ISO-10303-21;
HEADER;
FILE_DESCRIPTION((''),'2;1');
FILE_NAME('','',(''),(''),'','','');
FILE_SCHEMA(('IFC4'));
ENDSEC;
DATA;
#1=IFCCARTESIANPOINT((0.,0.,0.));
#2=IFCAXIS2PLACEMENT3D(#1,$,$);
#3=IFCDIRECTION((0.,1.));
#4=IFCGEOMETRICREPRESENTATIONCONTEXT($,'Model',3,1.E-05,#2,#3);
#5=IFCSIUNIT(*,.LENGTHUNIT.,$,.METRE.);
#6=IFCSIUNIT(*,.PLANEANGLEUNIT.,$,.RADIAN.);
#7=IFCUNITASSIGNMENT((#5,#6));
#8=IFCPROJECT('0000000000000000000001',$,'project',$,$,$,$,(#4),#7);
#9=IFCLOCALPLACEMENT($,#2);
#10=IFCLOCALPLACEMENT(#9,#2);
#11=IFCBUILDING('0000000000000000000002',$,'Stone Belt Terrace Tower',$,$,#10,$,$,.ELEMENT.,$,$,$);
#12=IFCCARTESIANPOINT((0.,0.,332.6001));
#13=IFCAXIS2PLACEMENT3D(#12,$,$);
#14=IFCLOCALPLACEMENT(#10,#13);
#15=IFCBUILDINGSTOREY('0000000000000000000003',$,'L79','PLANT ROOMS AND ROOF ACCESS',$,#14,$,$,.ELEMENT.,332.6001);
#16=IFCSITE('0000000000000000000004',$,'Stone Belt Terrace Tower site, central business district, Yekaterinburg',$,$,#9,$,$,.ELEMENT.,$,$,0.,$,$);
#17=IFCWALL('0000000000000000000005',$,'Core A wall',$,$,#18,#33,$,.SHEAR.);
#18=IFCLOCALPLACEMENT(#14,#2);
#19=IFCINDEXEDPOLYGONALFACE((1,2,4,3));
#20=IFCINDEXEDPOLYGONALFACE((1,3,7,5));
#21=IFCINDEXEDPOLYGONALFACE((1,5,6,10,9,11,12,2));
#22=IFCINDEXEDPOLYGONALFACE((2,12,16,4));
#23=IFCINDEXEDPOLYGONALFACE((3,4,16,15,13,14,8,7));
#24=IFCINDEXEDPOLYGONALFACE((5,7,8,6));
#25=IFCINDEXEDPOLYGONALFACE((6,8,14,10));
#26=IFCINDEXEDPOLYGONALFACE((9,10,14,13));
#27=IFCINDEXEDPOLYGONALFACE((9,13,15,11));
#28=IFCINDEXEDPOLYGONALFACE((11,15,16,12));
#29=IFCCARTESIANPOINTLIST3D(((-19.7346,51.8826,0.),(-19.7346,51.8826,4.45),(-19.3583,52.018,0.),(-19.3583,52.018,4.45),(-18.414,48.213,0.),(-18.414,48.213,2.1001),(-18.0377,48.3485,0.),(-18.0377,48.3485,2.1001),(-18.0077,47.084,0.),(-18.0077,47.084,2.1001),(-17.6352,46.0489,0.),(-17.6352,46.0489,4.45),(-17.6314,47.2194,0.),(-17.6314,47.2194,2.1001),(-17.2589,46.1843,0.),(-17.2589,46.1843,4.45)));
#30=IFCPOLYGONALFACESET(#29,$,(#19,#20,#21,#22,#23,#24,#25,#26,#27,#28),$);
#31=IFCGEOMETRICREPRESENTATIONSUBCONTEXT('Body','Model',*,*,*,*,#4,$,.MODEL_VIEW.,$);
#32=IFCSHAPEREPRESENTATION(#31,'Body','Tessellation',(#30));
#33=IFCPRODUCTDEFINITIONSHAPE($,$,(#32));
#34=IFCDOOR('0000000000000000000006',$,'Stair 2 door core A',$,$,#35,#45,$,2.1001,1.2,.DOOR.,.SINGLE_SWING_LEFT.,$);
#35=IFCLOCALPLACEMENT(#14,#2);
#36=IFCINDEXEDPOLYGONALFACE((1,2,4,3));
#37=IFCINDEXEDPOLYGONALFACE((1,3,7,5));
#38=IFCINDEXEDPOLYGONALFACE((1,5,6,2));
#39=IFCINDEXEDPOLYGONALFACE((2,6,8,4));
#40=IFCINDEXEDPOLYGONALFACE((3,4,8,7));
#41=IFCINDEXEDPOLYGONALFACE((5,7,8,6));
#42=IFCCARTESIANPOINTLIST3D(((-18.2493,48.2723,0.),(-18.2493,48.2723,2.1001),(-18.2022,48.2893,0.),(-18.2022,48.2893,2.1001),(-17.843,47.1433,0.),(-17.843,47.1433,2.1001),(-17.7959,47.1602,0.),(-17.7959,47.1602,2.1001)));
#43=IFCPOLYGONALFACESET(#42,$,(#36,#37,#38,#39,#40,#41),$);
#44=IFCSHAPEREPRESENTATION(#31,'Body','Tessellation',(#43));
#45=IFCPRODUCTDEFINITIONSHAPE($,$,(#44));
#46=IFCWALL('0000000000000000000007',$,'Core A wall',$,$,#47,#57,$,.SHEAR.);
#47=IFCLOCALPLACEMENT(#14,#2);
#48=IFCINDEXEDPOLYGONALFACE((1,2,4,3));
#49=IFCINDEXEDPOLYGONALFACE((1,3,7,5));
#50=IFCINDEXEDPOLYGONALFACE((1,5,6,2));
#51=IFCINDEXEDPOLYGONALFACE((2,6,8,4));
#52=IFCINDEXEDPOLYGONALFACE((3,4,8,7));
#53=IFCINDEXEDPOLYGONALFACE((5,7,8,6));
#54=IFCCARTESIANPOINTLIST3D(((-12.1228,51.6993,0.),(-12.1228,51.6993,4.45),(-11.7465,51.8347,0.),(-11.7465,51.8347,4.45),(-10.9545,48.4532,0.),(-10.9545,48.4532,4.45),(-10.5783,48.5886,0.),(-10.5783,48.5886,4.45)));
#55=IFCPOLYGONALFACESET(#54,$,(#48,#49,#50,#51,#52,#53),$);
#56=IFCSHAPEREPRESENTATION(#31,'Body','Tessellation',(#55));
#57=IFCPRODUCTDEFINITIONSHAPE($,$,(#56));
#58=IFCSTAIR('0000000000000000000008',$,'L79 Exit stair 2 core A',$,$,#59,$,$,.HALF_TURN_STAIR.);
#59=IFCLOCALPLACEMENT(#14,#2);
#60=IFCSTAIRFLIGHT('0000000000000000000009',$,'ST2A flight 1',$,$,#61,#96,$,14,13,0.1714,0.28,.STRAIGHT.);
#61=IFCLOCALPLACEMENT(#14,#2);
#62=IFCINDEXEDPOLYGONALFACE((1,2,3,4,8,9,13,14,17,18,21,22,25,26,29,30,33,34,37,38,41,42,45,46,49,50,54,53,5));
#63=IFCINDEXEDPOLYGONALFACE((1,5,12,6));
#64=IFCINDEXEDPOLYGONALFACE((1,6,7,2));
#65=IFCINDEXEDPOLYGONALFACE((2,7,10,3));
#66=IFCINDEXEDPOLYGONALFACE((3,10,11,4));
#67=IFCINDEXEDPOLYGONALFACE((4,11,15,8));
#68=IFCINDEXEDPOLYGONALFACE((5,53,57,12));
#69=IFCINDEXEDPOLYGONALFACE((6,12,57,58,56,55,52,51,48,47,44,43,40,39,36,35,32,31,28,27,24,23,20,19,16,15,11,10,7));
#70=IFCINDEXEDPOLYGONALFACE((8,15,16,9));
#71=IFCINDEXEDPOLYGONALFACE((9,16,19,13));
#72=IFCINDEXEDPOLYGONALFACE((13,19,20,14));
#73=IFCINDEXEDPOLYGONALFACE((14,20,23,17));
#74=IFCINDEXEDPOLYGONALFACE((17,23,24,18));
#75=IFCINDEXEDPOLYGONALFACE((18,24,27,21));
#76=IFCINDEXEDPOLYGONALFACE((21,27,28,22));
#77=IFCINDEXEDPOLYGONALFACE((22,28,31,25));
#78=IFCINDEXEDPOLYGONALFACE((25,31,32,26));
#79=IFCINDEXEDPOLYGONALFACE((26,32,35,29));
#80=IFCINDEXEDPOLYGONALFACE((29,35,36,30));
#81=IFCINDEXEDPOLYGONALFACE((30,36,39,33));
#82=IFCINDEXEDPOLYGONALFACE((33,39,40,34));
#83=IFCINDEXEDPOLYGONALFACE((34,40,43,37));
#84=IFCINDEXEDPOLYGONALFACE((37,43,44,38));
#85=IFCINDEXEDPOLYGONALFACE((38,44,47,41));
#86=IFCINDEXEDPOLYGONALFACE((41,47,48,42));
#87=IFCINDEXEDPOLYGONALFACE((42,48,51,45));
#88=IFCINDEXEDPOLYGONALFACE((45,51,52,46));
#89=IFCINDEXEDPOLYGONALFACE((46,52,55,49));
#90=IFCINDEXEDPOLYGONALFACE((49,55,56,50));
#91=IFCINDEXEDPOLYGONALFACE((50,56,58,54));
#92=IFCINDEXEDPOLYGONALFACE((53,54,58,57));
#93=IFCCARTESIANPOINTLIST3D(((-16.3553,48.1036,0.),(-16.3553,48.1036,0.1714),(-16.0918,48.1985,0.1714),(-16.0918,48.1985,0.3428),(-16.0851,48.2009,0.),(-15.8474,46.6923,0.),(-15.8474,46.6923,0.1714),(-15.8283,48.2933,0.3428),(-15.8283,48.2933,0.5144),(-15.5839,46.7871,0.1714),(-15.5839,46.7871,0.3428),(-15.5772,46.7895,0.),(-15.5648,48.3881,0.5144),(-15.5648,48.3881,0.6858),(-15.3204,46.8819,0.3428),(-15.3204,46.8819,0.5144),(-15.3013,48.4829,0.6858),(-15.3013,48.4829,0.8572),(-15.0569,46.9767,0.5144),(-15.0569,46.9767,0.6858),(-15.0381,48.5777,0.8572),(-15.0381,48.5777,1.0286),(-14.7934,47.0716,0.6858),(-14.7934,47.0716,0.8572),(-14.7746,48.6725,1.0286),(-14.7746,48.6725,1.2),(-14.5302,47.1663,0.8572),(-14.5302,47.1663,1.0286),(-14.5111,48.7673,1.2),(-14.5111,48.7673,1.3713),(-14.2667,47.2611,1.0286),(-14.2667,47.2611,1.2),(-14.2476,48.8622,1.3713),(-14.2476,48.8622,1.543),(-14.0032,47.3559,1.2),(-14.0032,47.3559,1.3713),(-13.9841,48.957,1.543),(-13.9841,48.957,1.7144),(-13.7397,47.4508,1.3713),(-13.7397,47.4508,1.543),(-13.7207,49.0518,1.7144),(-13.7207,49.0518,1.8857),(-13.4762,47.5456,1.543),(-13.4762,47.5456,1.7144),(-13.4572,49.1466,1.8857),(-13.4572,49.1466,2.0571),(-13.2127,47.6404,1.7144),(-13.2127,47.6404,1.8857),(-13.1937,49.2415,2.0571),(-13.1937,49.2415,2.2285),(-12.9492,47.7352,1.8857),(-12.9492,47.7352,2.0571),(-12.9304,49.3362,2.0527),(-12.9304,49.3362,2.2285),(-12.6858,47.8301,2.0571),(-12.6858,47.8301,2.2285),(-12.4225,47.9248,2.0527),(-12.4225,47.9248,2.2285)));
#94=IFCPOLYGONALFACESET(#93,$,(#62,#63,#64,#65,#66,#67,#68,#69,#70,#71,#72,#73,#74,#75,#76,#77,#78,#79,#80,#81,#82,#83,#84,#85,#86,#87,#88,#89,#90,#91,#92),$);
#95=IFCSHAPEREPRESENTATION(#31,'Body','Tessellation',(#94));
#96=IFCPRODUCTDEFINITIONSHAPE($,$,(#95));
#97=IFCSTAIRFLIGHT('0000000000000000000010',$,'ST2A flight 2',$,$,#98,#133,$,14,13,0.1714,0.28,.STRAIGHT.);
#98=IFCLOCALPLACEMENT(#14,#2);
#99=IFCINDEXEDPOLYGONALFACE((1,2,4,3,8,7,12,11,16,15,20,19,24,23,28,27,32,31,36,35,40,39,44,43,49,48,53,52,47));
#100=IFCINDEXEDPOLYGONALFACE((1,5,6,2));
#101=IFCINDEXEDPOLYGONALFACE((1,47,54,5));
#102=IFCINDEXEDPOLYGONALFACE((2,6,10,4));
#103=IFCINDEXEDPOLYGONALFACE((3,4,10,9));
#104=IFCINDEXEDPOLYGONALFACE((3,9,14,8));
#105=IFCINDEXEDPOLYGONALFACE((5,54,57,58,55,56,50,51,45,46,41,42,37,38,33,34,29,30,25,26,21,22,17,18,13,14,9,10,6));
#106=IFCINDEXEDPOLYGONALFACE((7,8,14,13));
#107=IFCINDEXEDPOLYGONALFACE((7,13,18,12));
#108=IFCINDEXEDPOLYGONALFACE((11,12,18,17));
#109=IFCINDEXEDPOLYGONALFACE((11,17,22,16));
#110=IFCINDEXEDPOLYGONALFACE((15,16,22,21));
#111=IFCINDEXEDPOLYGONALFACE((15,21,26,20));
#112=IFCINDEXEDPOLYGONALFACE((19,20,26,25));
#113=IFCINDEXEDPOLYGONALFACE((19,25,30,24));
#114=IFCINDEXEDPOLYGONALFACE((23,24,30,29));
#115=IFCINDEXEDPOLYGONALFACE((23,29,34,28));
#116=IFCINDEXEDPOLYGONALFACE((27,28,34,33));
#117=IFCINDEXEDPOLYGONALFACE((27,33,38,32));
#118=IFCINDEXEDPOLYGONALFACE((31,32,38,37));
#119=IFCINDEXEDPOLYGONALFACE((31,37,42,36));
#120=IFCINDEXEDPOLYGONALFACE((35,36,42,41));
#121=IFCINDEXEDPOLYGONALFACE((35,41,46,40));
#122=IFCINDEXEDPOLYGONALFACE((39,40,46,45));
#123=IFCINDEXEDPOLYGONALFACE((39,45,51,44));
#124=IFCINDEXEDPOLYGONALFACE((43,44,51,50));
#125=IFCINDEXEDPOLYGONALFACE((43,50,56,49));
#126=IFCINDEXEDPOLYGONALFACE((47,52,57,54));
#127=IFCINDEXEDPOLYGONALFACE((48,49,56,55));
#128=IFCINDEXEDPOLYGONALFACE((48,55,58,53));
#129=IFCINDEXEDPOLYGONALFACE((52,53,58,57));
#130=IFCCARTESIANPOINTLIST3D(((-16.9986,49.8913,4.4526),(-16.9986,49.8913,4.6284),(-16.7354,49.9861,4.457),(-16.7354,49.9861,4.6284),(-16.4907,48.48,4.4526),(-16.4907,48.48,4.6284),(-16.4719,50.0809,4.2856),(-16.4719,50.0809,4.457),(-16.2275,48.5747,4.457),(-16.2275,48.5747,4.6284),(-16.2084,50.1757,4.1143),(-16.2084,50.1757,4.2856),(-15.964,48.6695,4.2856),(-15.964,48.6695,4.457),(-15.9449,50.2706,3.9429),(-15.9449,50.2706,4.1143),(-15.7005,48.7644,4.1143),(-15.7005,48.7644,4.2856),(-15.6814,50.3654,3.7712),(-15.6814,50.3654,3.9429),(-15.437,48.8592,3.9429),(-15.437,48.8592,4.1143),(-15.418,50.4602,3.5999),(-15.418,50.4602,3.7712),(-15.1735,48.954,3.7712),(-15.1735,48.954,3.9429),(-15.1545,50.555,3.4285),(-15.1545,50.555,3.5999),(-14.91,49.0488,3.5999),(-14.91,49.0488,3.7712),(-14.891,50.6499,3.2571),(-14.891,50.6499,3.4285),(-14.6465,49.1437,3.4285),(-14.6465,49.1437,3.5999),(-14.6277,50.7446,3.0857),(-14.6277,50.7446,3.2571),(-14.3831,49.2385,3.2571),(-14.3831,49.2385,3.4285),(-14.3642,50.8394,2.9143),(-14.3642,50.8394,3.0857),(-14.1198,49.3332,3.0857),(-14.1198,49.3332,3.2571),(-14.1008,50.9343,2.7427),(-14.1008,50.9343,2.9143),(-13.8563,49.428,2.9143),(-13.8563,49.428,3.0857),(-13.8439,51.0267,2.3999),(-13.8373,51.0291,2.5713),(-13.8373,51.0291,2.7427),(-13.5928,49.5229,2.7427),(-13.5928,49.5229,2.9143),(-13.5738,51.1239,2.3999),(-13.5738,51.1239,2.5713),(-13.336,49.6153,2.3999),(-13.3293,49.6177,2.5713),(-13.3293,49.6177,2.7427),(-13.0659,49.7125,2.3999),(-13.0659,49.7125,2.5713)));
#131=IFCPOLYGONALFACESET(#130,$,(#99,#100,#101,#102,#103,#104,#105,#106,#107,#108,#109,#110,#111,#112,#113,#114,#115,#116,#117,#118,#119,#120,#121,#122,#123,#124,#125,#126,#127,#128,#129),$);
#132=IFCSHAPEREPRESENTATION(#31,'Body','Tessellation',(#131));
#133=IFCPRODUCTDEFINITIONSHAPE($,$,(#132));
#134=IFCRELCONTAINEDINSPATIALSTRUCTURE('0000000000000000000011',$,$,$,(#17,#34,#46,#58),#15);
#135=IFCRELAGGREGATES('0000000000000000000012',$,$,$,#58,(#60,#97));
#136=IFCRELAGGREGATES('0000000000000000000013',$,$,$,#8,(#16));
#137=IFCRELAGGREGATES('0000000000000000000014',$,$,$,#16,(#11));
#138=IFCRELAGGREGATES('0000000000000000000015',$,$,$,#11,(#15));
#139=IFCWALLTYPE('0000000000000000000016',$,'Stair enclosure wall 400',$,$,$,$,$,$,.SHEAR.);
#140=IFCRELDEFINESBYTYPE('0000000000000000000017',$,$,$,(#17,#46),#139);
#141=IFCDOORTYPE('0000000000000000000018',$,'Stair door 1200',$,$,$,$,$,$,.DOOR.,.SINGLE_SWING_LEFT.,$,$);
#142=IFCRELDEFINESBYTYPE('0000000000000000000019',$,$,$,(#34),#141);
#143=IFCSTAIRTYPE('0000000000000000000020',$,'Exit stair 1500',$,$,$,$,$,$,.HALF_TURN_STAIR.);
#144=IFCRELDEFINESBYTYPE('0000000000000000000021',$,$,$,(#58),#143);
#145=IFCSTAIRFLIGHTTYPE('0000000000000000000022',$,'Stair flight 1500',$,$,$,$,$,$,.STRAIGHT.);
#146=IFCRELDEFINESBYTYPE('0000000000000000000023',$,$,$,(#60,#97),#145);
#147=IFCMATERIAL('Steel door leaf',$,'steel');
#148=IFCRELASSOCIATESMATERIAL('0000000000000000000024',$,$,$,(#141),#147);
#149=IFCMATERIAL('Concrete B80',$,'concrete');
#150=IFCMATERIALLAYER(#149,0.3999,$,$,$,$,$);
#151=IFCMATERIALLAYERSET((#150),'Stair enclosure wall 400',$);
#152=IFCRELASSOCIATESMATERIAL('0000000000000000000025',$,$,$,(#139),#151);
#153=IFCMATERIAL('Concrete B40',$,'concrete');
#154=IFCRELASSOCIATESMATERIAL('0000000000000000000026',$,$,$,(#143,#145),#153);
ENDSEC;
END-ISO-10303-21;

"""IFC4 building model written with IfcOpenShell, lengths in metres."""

from ifc_helpers import new_model, si_unit, direction, frame, frame_2d, origin, place, context, subcontext, project, spatial, polyline, rectangle, outline, extrude, material, layer, layer_set, type_object, element, fill, aggregate, save


model = new_model("IFC4")

# Units and contexts
model_context = context("Model", 3, precision=1e-05, world=origin(), true_north=direction((0.0, 1.0)))
body_context = subcontext(model_context, "Body", "Model", "MODEL_VIEW")
ifc_project = project(units=[si_unit("LENGTHUNIT", "METRE"), si_unit("PLANEANGLEUNIT", "RADIAN")], contexts=[model_context])

# Site, building, storey
site_placement = place(None, origin())
site = spatial("IfcSite", under=ifc_project, at=site_placement, Name="Stone Belt Terrace Tower site, central business district, Yekaterinburg", CompositionType="ELEMENT", RefElevation=0.0)
building_placement = place(site_placement, origin())
building = spatial("IfcBuilding", under=site, at=building_placement, Name="Stone Belt Terrace Tower", CompositionType="ELEMENT")
storey_placement = place(building_placement, frame((0.0, 0.0, 332.6001)))
storey = spatial("IfcBuildingStorey", under=building, at=storey_placement, Name="L79", Description="PLANT ROOMS AND ROOF ACCESS", CompositionType="ELEMENT", Elevation=332.6001)

# Shared definitions
ifc_material_1 = material(Name="Concrete B80", Category="concrete")

# Shared definitions
ifc_material_2 = material(Name="Steel door leaf", Category="steel")
door_type_1 = type_object("IfcDoorType", Name="Stair door 1200", OperationType="SINGLE_SWING_LEFT", PredefinedType="DOOR", material=ifc_material_2)

# Shared definitions
ifc_layer_1 = layer(ifc_material_1, 0.3999)
ifc_layer_set_1 = layer_set([ifc_layer_1], Name="Stair enclosure wall 400")
wall_type_1 = type_object("IfcWallType", Name="Stair enclosure wall 400", PredefinedType="SHEAR", material=ifc_layer_set_1)

# Wall, opening, door
wall_1_placement = place(storey_placement, frame((-17.447, 46.1165, 0.0), z_axis=(0.0, 0.0, 1.0), x_axis=(-0.338608, 0.940928, 0.0)))
wall_1 = element("IfcWall", 1, at=wall_1_placement, inside=storey, type_object=wall_type_1, Name="Core A wall", PredefinedType="SHEAR", context=body_context, shape_type="SweptSolid", body=[
    extrude(rectangle(XDim=6.2, YDim=0.3999, at=frame_2d((3.1001, 0.0))), origin(), (0.0, 0.0, 1.0), 4.45),
])
opening_1_placement = place(wall_1_placement, frame((1.1001, 0.0, 0.0)))
opening_1 = element("IfcOpeningElement", 2, at=opening_1_placement, cuts=wall_1, PredefinedType="OPENING", context=body_context, shape_type="SweptSolid", body=[
    extrude(rectangle(XDim=1.2, YDim=2.1001, at=frame_2d((0.6001, 1.05))), frame((0.0, 0.21, 0.0), z_axis=(0.0, -1.0, 0.0), x_axis=(1.0, 0.0, 0.0)), (0.0, 0.0, 1.0), 0.4199),
])
door_1_placement = place(opening_1_placement, origin())
door_1 = element("IfcDoor", 3, at=door_1_placement, inside=storey, type_object=door_type_1, Name="Stair 2 door core A", OperationType="SINGLE_SWING_LEFT", OverallHeight=2.1001, OverallWidth=1.2, PredefinedType="DOOR", context=body_context, shape_type="SweptSolid", body=[
    extrude(rectangle(XDim=1.2, YDim=2.1001, at=frame_2d((0.6001, 1.05))), frame((0.0, 0.0249, 0.0), z_axis=(0.0, -1.0, 0.0), x_axis=(1.0, 0.0, 0.0)), (0.0, 0.0, 1.0), 0.05),
])
fill(opening_1, door_1)

# Wall
wall_2_placement = place(storey_placement, frame((-10.7664, 48.5208, 0.0), z_axis=(0.0, 0.0, 1.0), x_axis=(-0.338622, 0.940923, 0.0)))
element("IfcWall", 4, at=wall_2_placement, inside=storey, type_object=wall_type_1, Name="Core A wall", PredefinedType="SHEAR", context=body_context, shape_type="SweptSolid", body=[
    extrude(rectangle(XDim=3.45, YDim=0.3999, at=frame_2d((1.7251, 0.0))), origin(), (0.0, 0.0, 1.0), 4.45),
])

# Stair, stair flights
ifc_material_3 = material(Name="Concrete B40", Category="concrete")
stair_type = type_object("IfcStairType", Name="Exit stair 1500", PredefinedType="HALF_TURN_STAIR", material=ifc_material_3)
stair_placement = place(storey_placement, origin())
stair = element("IfcStair", 5, at=stair_placement, inside=storey, type_object=stair_type, Name="L79 Exit stair 2 core A", PredefinedType="HALF_TURN_STAIR")
stair_flight_type = type_object("IfcStairFlightType", Name="Stair flight 1500", PredefinedType="STRAIGHT", material=ifc_material_3)
stair_flight_1_placement = place(storey_placement, frame((-16.1013, 47.3979, 0.0), z_axis=(0.0, 0.0, 1.0), x_axis=(0.940922, 0.338624, 0.0)))
stair_flight_1 = element("IfcStairFlight", 6, at=stair_flight_1_placement, type_object=stair_flight_type, Name="ST2A flight 1", NumberOfRisers=14, NumberOfTreads=13, PredefinedType="STRAIGHT", RiserHeight=0.1714, TreadLength=0.28, context=body_context, shape_type="SweptSolid", body=[
    extrude(outline(polyline([(0.0, 0.0), (0.0, 0.1714), (0.28, 0.1714), (0.28, 0.3428), (0.5601, 0.3428), (0.5601, 0.5144), (0.8401, 0.5144), (0.8401, 0.6858), (1.1201, 0.6858), (1.1201, 0.8572), (1.3999, 0.8572), (1.3999, 1.0286), (1.6799, 1.0286), (1.6799, 1.2), (1.96, 1.2), (1.96, 1.3713), (2.24, 1.3713), (2.24, 1.543), (2.52, 1.543), (2.52, 1.7144), (2.8, 1.7144), (2.8, 1.8857), (3.0801, 1.8857), (3.0801, 2.0571), (3.3601, 2.0571), (3.3601, 2.2285), (3.6399, 2.2285), (3.6399, 2.3999), (3.6399, 2.0527), (0.2871, 0.0), (0.0, 0.0)])), frame((0.0, 0.75, 0.0), z_axis=(0.0, -1.0, 0.0), x_axis=(1.0, 0.0, 0.0)), (0.0, 0.0, 1.0), 1.5),
])
stair_flight_2_placement = place(storey_placement, frame((-13.3198, 50.4182, 2.3999), z_axis=(0.0, 0.0, 1.0), x_axis=(-0.940922, -0.338624, 0.0)))
stair_flight_2 = element("IfcStairFlight", 7, at=stair_flight_2_placement, type_object=stair_flight_type, Name="ST2A flight 2", NumberOfRisers=14, NumberOfTreads=13, PredefinedType="STRAIGHT", RiserHeight=0.1714, TreadLength=0.28, context=body_context, shape_type="SweptSolid", body=[
    extrude(outline(polyline([(0.0, 0.0), (0.0, 0.1714), (0.28, 0.1714), (0.28, 0.3428), (0.5601, 0.3428), (0.5601, 0.5144), (0.8401, 0.5144), (0.8401, 0.6858), (1.1201, 0.6858), (1.1201, 0.8572), (1.3999, 0.8572), (1.3999, 1.0286), (1.6799, 1.0286), (1.6799, 1.2), (1.96, 1.2), (1.96, 1.3713), (2.24, 1.3713), (2.24, 1.543), (2.52, 1.543), (2.52, 1.7144), (2.8, 1.7144), (2.8, 1.8857), (3.0801, 1.8857), (3.0801, 2.0571), (3.3601, 2.0571), (3.3601, 2.2285), (3.6399, 2.2285), (3.6399, 2.3999), (3.6399, 2.0527), (0.2871, 0.0), (0.0, 0.0)])), frame((0.0, 0.75, 0.0), z_axis=(0.0, -1.0, 0.0), x_axis=(1.0, 0.0, 0.0)), (0.0, 0.0, 1.0), 1.5),
])
aggregate(stair, [stair_flight_1, stair_flight_2])

save(model, "model.ifc")
